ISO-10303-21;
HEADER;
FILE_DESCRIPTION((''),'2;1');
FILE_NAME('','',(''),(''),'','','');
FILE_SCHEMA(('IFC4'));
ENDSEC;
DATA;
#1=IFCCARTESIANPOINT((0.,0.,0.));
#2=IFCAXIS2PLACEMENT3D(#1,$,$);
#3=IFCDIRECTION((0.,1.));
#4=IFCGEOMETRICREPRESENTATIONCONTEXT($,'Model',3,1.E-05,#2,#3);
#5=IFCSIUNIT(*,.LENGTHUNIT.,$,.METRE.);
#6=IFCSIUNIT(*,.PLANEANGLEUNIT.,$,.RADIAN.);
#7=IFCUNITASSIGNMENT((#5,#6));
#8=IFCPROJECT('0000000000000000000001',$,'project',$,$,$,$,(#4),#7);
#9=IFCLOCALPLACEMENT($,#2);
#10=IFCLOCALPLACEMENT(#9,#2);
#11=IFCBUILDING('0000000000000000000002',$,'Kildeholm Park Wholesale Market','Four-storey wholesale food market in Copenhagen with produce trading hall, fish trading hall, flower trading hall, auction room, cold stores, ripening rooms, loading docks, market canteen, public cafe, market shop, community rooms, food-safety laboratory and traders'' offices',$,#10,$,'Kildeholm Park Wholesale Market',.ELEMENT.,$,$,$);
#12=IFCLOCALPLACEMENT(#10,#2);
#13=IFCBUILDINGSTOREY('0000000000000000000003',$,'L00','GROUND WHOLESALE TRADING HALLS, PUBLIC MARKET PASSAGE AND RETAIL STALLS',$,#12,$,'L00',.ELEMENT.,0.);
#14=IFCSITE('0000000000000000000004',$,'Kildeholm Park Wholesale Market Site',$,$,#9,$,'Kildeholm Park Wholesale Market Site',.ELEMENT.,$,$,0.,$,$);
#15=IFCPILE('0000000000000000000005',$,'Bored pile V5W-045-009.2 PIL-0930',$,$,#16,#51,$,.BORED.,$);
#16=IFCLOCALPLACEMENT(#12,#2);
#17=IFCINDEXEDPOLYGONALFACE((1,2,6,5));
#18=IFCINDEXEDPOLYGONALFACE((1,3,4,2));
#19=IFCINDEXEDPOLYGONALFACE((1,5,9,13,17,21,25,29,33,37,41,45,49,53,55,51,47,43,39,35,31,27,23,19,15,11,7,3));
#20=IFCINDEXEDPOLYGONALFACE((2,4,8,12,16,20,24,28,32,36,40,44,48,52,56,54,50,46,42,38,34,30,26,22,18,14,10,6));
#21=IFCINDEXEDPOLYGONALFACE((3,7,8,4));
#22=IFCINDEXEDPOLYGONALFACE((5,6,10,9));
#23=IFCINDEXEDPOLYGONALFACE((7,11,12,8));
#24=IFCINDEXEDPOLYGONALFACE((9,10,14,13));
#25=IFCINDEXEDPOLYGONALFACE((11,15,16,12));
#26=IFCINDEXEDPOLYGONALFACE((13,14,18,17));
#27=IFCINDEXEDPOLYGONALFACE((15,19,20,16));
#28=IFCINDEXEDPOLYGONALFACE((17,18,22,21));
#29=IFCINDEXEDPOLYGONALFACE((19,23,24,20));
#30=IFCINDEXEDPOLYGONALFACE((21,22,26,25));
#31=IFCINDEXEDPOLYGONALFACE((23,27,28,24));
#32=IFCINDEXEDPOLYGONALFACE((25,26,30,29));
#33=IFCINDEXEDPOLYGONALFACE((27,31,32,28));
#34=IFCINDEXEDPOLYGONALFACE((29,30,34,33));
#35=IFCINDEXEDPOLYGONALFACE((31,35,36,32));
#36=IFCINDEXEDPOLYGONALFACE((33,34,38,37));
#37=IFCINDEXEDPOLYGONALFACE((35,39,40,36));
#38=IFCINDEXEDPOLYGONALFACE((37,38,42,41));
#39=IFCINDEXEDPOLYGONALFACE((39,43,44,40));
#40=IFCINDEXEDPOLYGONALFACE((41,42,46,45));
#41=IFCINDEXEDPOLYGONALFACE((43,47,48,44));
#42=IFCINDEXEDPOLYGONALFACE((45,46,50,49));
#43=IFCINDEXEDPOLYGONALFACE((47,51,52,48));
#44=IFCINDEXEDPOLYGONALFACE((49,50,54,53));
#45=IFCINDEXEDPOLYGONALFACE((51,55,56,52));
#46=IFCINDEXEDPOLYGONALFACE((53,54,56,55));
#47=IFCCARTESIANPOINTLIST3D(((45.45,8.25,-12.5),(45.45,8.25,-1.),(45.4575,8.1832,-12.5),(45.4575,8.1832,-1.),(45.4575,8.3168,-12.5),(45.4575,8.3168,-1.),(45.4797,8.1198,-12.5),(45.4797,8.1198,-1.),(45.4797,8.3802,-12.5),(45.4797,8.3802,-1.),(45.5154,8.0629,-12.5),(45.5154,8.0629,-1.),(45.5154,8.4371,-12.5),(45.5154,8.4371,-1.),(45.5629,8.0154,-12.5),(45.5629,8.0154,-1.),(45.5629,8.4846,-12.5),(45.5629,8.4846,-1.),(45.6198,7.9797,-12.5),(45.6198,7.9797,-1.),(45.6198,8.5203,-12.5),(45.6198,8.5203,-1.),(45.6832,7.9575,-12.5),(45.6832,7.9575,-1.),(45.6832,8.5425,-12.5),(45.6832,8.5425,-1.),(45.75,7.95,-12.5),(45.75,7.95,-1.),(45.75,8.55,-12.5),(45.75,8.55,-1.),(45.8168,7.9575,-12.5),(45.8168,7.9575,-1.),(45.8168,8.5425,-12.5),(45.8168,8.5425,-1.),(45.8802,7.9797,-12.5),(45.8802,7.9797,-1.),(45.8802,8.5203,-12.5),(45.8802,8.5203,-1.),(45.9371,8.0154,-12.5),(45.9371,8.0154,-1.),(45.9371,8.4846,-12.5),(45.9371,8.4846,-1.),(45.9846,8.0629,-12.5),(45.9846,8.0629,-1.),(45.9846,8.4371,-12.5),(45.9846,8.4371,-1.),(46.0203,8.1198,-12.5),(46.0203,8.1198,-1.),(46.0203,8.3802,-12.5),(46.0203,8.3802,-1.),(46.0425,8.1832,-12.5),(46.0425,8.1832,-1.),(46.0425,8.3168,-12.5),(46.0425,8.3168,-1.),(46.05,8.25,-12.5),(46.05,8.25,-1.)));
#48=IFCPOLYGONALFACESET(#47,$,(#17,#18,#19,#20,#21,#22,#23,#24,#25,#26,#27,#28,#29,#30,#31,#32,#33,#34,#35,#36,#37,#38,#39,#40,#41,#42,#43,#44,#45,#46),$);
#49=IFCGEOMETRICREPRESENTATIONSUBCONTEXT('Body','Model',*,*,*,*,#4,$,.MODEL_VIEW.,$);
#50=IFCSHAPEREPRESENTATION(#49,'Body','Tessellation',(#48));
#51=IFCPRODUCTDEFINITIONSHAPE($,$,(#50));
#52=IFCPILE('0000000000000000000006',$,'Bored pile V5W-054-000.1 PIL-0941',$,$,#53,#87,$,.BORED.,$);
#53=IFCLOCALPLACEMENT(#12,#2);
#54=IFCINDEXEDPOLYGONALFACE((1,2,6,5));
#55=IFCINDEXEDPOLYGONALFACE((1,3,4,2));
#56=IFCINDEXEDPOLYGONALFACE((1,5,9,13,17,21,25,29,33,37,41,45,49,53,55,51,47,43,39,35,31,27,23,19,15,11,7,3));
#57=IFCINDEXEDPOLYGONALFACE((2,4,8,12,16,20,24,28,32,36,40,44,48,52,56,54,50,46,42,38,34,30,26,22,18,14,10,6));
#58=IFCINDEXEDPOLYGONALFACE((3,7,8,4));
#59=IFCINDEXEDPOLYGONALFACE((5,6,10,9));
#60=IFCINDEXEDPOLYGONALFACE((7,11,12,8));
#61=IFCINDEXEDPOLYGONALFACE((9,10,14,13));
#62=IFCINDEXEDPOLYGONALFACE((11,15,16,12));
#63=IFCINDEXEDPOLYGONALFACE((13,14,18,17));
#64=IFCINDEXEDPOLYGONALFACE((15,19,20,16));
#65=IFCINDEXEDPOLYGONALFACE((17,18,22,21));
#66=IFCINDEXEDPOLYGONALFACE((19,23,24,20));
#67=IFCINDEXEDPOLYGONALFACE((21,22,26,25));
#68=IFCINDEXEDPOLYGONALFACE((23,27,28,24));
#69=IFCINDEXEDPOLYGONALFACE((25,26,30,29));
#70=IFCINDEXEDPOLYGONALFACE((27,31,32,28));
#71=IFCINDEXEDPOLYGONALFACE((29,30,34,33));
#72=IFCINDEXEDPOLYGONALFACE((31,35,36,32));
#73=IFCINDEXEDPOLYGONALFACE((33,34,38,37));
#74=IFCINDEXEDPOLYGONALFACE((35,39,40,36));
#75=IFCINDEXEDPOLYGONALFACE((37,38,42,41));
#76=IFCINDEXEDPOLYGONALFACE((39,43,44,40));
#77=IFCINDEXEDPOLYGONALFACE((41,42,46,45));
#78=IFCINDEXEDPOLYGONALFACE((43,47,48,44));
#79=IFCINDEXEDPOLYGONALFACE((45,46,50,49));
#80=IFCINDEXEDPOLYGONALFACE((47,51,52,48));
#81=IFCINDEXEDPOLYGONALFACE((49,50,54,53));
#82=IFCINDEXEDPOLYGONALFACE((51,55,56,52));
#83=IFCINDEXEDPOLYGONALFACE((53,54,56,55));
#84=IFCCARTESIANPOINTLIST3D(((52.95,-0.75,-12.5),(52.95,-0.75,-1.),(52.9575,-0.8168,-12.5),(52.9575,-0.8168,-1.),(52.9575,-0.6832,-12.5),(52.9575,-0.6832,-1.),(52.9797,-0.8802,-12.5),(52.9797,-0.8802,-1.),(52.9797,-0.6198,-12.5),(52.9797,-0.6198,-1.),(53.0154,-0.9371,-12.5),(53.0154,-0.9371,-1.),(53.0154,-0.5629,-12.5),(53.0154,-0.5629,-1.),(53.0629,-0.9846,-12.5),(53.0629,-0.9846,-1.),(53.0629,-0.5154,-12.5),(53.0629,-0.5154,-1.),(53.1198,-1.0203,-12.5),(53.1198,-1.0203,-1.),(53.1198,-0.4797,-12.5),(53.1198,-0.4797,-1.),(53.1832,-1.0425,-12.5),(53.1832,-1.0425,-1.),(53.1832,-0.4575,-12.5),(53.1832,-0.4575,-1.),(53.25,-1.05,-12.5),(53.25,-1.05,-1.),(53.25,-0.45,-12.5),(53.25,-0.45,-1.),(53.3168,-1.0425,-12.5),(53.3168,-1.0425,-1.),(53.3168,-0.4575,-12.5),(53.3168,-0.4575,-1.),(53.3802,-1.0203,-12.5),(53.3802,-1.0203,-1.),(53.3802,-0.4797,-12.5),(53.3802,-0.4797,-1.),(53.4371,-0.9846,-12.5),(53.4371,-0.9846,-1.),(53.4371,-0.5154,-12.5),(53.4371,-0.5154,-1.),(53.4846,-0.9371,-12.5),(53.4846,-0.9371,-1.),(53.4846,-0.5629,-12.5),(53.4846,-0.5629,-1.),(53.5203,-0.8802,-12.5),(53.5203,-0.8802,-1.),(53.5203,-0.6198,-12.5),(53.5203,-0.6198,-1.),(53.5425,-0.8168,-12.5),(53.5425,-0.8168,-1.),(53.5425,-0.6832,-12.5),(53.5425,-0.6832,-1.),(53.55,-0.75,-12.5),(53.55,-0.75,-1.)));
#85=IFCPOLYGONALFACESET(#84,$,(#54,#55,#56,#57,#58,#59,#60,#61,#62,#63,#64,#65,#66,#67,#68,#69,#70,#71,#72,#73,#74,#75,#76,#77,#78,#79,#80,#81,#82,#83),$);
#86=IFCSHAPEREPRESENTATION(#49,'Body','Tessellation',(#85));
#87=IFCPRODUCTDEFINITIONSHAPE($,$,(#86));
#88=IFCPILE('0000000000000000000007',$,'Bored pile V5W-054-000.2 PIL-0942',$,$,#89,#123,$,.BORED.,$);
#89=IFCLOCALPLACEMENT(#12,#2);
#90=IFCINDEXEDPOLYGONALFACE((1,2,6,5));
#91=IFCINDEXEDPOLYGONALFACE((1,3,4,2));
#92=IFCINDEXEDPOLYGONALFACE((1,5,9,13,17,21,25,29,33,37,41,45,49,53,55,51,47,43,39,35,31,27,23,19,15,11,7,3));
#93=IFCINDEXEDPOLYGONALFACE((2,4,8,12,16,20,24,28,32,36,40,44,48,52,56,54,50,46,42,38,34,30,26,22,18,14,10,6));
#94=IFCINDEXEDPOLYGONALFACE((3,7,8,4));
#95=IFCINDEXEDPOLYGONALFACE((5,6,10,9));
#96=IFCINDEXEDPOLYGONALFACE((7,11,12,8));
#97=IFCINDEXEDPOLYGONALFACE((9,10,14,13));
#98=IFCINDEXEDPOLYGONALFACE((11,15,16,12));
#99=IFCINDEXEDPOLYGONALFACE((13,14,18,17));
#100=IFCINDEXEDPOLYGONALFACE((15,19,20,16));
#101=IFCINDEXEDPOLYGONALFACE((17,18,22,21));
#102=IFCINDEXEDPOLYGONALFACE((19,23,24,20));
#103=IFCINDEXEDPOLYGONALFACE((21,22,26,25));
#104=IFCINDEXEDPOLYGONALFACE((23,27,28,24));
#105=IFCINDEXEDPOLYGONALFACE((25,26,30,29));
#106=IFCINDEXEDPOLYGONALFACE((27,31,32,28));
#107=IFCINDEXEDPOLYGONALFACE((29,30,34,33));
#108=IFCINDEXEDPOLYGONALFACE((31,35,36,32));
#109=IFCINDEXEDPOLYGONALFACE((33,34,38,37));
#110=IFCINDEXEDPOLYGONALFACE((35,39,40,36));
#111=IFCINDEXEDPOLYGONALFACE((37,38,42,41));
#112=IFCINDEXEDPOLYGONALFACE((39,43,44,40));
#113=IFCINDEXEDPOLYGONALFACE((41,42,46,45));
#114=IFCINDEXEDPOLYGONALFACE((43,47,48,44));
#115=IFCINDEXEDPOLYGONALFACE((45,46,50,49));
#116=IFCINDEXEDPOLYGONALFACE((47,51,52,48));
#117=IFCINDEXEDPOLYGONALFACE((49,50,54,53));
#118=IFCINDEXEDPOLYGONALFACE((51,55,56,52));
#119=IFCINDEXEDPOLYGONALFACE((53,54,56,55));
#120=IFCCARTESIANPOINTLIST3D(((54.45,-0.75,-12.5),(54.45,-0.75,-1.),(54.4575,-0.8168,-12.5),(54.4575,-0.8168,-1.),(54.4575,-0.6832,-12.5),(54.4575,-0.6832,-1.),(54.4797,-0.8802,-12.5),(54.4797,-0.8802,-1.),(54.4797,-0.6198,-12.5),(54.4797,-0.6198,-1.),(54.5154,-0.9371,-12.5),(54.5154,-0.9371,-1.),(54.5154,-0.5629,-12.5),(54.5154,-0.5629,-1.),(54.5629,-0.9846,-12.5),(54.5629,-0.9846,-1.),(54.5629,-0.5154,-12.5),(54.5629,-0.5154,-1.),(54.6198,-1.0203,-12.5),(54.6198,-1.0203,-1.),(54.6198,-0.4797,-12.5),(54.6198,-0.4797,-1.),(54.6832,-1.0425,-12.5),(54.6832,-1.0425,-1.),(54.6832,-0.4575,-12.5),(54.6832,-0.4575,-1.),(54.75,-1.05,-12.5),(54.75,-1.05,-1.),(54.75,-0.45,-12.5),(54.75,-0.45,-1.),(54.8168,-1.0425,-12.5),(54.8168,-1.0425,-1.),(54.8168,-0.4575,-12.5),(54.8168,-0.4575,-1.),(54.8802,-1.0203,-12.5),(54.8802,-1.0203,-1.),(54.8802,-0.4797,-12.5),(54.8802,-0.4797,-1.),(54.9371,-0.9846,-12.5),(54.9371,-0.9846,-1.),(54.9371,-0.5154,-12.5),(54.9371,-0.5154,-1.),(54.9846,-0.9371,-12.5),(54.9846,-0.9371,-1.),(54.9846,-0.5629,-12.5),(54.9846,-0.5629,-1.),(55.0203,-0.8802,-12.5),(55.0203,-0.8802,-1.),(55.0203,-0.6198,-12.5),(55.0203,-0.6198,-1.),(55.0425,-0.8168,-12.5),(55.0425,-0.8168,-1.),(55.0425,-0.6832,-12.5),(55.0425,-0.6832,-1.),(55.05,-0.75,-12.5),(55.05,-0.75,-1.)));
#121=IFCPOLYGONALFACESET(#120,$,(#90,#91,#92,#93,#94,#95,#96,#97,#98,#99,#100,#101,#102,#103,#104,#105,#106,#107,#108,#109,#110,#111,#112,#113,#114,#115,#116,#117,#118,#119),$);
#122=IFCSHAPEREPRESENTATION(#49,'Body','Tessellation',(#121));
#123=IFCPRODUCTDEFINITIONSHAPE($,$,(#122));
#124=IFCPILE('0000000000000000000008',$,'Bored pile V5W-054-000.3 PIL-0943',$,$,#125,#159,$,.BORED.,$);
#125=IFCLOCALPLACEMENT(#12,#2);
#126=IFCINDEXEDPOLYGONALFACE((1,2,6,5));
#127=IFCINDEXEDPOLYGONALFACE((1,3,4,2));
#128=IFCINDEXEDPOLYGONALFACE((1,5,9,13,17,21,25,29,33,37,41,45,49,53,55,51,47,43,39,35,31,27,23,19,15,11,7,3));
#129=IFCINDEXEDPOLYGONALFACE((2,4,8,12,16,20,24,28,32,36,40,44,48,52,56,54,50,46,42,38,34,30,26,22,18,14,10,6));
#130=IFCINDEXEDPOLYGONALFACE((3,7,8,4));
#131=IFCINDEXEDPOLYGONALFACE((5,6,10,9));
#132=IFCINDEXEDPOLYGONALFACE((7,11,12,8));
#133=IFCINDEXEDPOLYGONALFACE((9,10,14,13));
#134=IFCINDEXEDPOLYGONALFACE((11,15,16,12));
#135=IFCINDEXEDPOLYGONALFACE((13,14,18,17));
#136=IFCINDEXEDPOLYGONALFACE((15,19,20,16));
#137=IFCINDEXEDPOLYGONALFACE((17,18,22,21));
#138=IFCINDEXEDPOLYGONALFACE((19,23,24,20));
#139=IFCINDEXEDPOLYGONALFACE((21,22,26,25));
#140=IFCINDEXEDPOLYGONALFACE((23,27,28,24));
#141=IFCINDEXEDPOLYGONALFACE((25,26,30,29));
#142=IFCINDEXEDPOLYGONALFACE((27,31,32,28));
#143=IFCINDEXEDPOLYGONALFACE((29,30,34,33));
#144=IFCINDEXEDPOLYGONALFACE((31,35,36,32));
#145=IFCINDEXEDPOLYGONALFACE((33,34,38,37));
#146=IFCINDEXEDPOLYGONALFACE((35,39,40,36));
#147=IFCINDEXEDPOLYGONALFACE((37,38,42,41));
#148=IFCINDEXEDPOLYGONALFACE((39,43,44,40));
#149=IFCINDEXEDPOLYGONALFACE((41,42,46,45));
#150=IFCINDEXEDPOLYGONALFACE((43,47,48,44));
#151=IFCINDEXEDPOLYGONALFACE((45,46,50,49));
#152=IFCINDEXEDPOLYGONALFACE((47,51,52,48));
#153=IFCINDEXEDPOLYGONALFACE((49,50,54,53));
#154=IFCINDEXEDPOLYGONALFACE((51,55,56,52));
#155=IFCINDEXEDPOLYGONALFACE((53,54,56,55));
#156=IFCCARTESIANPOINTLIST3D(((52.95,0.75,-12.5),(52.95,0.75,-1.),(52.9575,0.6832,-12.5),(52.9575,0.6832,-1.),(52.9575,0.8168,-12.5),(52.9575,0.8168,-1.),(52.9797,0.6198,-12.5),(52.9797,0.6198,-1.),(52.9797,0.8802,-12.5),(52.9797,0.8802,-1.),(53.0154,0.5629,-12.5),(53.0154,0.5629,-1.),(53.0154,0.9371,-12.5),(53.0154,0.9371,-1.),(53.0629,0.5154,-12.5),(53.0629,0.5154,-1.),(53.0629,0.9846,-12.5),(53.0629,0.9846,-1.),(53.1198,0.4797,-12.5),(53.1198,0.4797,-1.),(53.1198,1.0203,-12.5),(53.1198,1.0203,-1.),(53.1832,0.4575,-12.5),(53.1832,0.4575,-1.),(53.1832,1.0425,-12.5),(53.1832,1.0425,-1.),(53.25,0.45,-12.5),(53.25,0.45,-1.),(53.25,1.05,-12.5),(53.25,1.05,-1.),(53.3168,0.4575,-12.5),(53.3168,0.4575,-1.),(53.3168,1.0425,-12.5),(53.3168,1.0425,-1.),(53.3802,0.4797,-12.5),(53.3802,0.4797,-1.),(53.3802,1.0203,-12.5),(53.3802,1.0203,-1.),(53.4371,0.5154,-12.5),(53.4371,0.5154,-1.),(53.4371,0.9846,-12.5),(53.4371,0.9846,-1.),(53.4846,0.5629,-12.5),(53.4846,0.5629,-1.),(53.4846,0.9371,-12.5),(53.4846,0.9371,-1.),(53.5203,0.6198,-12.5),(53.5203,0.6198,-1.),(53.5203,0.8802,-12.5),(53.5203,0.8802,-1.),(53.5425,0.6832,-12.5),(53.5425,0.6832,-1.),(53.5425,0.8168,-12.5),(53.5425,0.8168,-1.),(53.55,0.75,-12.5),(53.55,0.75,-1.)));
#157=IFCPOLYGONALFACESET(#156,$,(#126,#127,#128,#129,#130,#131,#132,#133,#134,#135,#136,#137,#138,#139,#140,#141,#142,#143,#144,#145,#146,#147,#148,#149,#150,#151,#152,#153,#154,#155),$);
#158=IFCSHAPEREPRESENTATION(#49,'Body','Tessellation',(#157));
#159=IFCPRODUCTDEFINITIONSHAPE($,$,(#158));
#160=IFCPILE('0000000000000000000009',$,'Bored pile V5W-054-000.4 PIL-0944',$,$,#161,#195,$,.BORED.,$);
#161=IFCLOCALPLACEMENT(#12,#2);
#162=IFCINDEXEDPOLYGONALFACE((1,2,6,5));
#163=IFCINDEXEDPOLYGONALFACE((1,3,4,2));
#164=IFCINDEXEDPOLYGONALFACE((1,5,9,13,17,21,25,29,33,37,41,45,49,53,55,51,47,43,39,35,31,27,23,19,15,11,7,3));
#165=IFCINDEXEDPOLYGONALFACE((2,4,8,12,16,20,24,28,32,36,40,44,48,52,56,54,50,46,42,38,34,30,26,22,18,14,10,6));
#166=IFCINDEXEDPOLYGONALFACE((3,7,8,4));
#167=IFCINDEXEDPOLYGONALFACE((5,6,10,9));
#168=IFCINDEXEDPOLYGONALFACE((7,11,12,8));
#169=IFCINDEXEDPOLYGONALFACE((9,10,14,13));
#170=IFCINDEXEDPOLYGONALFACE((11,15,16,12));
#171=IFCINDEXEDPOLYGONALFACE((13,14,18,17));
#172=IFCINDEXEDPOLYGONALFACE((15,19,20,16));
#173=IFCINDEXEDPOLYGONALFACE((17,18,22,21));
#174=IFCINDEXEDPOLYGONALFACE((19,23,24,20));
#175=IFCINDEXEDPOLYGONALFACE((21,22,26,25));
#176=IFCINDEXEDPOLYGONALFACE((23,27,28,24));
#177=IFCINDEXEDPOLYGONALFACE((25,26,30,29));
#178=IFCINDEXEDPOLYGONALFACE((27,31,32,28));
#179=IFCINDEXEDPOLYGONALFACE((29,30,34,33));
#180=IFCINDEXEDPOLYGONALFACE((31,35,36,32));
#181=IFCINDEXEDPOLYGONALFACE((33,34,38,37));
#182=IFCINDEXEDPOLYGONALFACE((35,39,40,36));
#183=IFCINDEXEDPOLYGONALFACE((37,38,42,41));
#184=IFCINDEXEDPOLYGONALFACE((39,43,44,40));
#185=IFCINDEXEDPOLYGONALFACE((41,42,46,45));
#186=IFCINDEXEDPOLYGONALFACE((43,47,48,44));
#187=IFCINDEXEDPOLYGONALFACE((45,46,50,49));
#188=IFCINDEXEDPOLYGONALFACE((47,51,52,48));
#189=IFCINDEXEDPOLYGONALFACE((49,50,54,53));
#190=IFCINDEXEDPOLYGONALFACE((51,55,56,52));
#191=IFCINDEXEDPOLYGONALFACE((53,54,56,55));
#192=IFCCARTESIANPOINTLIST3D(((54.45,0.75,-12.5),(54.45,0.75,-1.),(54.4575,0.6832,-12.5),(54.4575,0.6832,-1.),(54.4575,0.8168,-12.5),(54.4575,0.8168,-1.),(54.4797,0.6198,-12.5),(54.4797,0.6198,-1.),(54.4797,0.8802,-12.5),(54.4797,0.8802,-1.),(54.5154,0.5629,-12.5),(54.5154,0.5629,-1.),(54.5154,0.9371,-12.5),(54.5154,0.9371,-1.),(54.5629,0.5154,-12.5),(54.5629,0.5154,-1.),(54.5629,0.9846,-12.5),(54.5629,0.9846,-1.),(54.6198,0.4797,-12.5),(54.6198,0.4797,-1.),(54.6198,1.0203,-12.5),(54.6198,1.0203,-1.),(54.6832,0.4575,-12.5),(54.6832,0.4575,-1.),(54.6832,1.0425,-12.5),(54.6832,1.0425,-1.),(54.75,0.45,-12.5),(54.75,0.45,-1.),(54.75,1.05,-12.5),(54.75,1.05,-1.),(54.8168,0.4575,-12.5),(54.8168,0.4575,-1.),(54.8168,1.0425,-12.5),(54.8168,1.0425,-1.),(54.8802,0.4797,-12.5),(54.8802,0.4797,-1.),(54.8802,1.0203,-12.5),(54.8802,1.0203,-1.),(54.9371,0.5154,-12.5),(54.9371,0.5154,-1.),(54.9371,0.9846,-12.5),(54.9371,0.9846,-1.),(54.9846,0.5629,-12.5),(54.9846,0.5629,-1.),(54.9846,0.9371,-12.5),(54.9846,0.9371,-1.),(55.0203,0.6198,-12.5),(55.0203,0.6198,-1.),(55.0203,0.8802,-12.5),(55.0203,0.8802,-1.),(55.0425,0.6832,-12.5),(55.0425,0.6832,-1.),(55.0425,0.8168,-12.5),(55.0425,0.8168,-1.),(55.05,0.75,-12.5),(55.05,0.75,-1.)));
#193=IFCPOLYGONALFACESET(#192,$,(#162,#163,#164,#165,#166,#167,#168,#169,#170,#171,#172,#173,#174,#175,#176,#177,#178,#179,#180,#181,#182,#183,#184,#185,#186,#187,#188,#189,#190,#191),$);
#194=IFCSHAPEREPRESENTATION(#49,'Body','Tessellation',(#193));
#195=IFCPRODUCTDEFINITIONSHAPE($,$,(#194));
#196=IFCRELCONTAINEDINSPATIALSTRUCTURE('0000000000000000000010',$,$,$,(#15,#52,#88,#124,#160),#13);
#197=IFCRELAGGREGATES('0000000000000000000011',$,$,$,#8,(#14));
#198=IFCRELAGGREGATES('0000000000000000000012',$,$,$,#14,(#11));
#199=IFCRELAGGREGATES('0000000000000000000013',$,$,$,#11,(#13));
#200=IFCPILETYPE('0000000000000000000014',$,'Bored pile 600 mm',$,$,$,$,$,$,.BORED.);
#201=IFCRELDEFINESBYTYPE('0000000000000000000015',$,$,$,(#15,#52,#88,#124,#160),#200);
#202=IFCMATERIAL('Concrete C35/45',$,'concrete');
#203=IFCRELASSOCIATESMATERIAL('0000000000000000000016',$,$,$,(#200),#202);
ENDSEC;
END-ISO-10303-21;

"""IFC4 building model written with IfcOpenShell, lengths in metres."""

from ifc_helpers import new_model, si_unit, direction, frame, origin, origin_2d, place, context, subcontext, project, spatial, circle, extrude, material, material_profile, profile_set, type_object, element, save


model = new_model("IFC4")

# Units and contexts
model_context = context("Model", 3, precision=1e-05, world=origin(), true_north=direction((0.0, 1.0)))
body_context = subcontext(model_context, "Body", "Model", "MODEL_VIEW")
ifc_project = project(units=[si_unit("LENGTHUNIT", "METRE"), si_unit("PLANEANGLEUNIT", "RADIAN")], contexts=[model_context])

# Site, building, storey
site_placement = place(None, origin())
site = spatial("IfcSite", under=ifc_project, at=site_placement, Name="Kildeholm Park Wholesale Market Site", LongName="Kildeholm Park Wholesale Market Site", CompositionType="ELEMENT", RefElevation=0.0)
building_placement = place(site_placement, origin())
building = spatial("IfcBuilding", under=site, at=building_placement, Name="Kildeholm Park Wholesale Market", Description="Four-storey wholesale food market in Copenhagen with produce trading hall, fish trading hall, flower trading hall, auction room, cold stores, ripening rooms, loading docks, market canteen, public cafe, market shop, community rooms, food-safety laboratory and traders' offices", LongName="Kildeholm Park Wholesale Market", CompositionType="ELEMENT")
storey_placement = place(building_placement, origin())
storey = spatial("IfcBuildingStorey", under=building, at=storey_placement, Name="L00", Description="GROUND WHOLESALE TRADING HALLS, PUBLIC MARKET PASSAGE AND RETAIL STALLS", LongName="L00", CompositionType="ELEMENT", Elevation=0.0)

# Piles
ifc_material_1 = material(Name="Concrete C35/45", Category="concrete")
ifc_material_profile_1 = material_profile(ifc_material_1, circle(Radius=0.3, at=origin_2d()), Name="PILE D600")
ifc_profile_set_1 = profile_set([ifc_material_profile_1], Name="Concrete C35/45")
pile_type = type_object("IfcPileType", Name="Bored pile 600 mm", PredefinedType="BORED", material=ifc_profile_set_1)
for number, where, z_axis, x_axis, name in (
    (1, (45.75, 8.25, -1.0), (0.0, 0.0, -1.0), (1.0, 0.0, 0.0), "Bored pile V5W-045-009.2 PIL-0930"),
    (2, (53.25, -0.75, -1.0), (0.0, 0.0, -1.0), (1.0, 0.0, 0.0), "Bored pile V5W-054-000.1 PIL-0941"),
    (3, (54.75, -0.75, -1.0), (0.0, 0.0, -1.0), (1.0, 0.0, 0.0), "Bored pile V5W-054-000.2 PIL-0942"),
    (4, (53.25, 0.75, -1.0), (0.0, 0.0, -1.0), (1.0, 0.0, 0.0), "Bored pile V5W-054-000.3 PIL-0943"),
    (5, (54.75, 0.75, -1.0), (0.0, 0.0, -1.0), (1.0, 0.0, 0.0), "Bored pile V5W-054-000.4 PIL-0944"),
):
    element("IfcPile", number, at=place(storey_placement, frame(where, z_axis=z_axis, x_axis=x_axis)), inside=storey, type_object=pile_type, Name=name, PredefinedType="BORED", context=body_context, shape_type="SweptSolid", body=[
        extrude(circle(Radius=0.3, at=origin_2d()), origin(), (0.0, 0.0, 1.0), 11.5),
    ])

save(model, "model.ifc")
